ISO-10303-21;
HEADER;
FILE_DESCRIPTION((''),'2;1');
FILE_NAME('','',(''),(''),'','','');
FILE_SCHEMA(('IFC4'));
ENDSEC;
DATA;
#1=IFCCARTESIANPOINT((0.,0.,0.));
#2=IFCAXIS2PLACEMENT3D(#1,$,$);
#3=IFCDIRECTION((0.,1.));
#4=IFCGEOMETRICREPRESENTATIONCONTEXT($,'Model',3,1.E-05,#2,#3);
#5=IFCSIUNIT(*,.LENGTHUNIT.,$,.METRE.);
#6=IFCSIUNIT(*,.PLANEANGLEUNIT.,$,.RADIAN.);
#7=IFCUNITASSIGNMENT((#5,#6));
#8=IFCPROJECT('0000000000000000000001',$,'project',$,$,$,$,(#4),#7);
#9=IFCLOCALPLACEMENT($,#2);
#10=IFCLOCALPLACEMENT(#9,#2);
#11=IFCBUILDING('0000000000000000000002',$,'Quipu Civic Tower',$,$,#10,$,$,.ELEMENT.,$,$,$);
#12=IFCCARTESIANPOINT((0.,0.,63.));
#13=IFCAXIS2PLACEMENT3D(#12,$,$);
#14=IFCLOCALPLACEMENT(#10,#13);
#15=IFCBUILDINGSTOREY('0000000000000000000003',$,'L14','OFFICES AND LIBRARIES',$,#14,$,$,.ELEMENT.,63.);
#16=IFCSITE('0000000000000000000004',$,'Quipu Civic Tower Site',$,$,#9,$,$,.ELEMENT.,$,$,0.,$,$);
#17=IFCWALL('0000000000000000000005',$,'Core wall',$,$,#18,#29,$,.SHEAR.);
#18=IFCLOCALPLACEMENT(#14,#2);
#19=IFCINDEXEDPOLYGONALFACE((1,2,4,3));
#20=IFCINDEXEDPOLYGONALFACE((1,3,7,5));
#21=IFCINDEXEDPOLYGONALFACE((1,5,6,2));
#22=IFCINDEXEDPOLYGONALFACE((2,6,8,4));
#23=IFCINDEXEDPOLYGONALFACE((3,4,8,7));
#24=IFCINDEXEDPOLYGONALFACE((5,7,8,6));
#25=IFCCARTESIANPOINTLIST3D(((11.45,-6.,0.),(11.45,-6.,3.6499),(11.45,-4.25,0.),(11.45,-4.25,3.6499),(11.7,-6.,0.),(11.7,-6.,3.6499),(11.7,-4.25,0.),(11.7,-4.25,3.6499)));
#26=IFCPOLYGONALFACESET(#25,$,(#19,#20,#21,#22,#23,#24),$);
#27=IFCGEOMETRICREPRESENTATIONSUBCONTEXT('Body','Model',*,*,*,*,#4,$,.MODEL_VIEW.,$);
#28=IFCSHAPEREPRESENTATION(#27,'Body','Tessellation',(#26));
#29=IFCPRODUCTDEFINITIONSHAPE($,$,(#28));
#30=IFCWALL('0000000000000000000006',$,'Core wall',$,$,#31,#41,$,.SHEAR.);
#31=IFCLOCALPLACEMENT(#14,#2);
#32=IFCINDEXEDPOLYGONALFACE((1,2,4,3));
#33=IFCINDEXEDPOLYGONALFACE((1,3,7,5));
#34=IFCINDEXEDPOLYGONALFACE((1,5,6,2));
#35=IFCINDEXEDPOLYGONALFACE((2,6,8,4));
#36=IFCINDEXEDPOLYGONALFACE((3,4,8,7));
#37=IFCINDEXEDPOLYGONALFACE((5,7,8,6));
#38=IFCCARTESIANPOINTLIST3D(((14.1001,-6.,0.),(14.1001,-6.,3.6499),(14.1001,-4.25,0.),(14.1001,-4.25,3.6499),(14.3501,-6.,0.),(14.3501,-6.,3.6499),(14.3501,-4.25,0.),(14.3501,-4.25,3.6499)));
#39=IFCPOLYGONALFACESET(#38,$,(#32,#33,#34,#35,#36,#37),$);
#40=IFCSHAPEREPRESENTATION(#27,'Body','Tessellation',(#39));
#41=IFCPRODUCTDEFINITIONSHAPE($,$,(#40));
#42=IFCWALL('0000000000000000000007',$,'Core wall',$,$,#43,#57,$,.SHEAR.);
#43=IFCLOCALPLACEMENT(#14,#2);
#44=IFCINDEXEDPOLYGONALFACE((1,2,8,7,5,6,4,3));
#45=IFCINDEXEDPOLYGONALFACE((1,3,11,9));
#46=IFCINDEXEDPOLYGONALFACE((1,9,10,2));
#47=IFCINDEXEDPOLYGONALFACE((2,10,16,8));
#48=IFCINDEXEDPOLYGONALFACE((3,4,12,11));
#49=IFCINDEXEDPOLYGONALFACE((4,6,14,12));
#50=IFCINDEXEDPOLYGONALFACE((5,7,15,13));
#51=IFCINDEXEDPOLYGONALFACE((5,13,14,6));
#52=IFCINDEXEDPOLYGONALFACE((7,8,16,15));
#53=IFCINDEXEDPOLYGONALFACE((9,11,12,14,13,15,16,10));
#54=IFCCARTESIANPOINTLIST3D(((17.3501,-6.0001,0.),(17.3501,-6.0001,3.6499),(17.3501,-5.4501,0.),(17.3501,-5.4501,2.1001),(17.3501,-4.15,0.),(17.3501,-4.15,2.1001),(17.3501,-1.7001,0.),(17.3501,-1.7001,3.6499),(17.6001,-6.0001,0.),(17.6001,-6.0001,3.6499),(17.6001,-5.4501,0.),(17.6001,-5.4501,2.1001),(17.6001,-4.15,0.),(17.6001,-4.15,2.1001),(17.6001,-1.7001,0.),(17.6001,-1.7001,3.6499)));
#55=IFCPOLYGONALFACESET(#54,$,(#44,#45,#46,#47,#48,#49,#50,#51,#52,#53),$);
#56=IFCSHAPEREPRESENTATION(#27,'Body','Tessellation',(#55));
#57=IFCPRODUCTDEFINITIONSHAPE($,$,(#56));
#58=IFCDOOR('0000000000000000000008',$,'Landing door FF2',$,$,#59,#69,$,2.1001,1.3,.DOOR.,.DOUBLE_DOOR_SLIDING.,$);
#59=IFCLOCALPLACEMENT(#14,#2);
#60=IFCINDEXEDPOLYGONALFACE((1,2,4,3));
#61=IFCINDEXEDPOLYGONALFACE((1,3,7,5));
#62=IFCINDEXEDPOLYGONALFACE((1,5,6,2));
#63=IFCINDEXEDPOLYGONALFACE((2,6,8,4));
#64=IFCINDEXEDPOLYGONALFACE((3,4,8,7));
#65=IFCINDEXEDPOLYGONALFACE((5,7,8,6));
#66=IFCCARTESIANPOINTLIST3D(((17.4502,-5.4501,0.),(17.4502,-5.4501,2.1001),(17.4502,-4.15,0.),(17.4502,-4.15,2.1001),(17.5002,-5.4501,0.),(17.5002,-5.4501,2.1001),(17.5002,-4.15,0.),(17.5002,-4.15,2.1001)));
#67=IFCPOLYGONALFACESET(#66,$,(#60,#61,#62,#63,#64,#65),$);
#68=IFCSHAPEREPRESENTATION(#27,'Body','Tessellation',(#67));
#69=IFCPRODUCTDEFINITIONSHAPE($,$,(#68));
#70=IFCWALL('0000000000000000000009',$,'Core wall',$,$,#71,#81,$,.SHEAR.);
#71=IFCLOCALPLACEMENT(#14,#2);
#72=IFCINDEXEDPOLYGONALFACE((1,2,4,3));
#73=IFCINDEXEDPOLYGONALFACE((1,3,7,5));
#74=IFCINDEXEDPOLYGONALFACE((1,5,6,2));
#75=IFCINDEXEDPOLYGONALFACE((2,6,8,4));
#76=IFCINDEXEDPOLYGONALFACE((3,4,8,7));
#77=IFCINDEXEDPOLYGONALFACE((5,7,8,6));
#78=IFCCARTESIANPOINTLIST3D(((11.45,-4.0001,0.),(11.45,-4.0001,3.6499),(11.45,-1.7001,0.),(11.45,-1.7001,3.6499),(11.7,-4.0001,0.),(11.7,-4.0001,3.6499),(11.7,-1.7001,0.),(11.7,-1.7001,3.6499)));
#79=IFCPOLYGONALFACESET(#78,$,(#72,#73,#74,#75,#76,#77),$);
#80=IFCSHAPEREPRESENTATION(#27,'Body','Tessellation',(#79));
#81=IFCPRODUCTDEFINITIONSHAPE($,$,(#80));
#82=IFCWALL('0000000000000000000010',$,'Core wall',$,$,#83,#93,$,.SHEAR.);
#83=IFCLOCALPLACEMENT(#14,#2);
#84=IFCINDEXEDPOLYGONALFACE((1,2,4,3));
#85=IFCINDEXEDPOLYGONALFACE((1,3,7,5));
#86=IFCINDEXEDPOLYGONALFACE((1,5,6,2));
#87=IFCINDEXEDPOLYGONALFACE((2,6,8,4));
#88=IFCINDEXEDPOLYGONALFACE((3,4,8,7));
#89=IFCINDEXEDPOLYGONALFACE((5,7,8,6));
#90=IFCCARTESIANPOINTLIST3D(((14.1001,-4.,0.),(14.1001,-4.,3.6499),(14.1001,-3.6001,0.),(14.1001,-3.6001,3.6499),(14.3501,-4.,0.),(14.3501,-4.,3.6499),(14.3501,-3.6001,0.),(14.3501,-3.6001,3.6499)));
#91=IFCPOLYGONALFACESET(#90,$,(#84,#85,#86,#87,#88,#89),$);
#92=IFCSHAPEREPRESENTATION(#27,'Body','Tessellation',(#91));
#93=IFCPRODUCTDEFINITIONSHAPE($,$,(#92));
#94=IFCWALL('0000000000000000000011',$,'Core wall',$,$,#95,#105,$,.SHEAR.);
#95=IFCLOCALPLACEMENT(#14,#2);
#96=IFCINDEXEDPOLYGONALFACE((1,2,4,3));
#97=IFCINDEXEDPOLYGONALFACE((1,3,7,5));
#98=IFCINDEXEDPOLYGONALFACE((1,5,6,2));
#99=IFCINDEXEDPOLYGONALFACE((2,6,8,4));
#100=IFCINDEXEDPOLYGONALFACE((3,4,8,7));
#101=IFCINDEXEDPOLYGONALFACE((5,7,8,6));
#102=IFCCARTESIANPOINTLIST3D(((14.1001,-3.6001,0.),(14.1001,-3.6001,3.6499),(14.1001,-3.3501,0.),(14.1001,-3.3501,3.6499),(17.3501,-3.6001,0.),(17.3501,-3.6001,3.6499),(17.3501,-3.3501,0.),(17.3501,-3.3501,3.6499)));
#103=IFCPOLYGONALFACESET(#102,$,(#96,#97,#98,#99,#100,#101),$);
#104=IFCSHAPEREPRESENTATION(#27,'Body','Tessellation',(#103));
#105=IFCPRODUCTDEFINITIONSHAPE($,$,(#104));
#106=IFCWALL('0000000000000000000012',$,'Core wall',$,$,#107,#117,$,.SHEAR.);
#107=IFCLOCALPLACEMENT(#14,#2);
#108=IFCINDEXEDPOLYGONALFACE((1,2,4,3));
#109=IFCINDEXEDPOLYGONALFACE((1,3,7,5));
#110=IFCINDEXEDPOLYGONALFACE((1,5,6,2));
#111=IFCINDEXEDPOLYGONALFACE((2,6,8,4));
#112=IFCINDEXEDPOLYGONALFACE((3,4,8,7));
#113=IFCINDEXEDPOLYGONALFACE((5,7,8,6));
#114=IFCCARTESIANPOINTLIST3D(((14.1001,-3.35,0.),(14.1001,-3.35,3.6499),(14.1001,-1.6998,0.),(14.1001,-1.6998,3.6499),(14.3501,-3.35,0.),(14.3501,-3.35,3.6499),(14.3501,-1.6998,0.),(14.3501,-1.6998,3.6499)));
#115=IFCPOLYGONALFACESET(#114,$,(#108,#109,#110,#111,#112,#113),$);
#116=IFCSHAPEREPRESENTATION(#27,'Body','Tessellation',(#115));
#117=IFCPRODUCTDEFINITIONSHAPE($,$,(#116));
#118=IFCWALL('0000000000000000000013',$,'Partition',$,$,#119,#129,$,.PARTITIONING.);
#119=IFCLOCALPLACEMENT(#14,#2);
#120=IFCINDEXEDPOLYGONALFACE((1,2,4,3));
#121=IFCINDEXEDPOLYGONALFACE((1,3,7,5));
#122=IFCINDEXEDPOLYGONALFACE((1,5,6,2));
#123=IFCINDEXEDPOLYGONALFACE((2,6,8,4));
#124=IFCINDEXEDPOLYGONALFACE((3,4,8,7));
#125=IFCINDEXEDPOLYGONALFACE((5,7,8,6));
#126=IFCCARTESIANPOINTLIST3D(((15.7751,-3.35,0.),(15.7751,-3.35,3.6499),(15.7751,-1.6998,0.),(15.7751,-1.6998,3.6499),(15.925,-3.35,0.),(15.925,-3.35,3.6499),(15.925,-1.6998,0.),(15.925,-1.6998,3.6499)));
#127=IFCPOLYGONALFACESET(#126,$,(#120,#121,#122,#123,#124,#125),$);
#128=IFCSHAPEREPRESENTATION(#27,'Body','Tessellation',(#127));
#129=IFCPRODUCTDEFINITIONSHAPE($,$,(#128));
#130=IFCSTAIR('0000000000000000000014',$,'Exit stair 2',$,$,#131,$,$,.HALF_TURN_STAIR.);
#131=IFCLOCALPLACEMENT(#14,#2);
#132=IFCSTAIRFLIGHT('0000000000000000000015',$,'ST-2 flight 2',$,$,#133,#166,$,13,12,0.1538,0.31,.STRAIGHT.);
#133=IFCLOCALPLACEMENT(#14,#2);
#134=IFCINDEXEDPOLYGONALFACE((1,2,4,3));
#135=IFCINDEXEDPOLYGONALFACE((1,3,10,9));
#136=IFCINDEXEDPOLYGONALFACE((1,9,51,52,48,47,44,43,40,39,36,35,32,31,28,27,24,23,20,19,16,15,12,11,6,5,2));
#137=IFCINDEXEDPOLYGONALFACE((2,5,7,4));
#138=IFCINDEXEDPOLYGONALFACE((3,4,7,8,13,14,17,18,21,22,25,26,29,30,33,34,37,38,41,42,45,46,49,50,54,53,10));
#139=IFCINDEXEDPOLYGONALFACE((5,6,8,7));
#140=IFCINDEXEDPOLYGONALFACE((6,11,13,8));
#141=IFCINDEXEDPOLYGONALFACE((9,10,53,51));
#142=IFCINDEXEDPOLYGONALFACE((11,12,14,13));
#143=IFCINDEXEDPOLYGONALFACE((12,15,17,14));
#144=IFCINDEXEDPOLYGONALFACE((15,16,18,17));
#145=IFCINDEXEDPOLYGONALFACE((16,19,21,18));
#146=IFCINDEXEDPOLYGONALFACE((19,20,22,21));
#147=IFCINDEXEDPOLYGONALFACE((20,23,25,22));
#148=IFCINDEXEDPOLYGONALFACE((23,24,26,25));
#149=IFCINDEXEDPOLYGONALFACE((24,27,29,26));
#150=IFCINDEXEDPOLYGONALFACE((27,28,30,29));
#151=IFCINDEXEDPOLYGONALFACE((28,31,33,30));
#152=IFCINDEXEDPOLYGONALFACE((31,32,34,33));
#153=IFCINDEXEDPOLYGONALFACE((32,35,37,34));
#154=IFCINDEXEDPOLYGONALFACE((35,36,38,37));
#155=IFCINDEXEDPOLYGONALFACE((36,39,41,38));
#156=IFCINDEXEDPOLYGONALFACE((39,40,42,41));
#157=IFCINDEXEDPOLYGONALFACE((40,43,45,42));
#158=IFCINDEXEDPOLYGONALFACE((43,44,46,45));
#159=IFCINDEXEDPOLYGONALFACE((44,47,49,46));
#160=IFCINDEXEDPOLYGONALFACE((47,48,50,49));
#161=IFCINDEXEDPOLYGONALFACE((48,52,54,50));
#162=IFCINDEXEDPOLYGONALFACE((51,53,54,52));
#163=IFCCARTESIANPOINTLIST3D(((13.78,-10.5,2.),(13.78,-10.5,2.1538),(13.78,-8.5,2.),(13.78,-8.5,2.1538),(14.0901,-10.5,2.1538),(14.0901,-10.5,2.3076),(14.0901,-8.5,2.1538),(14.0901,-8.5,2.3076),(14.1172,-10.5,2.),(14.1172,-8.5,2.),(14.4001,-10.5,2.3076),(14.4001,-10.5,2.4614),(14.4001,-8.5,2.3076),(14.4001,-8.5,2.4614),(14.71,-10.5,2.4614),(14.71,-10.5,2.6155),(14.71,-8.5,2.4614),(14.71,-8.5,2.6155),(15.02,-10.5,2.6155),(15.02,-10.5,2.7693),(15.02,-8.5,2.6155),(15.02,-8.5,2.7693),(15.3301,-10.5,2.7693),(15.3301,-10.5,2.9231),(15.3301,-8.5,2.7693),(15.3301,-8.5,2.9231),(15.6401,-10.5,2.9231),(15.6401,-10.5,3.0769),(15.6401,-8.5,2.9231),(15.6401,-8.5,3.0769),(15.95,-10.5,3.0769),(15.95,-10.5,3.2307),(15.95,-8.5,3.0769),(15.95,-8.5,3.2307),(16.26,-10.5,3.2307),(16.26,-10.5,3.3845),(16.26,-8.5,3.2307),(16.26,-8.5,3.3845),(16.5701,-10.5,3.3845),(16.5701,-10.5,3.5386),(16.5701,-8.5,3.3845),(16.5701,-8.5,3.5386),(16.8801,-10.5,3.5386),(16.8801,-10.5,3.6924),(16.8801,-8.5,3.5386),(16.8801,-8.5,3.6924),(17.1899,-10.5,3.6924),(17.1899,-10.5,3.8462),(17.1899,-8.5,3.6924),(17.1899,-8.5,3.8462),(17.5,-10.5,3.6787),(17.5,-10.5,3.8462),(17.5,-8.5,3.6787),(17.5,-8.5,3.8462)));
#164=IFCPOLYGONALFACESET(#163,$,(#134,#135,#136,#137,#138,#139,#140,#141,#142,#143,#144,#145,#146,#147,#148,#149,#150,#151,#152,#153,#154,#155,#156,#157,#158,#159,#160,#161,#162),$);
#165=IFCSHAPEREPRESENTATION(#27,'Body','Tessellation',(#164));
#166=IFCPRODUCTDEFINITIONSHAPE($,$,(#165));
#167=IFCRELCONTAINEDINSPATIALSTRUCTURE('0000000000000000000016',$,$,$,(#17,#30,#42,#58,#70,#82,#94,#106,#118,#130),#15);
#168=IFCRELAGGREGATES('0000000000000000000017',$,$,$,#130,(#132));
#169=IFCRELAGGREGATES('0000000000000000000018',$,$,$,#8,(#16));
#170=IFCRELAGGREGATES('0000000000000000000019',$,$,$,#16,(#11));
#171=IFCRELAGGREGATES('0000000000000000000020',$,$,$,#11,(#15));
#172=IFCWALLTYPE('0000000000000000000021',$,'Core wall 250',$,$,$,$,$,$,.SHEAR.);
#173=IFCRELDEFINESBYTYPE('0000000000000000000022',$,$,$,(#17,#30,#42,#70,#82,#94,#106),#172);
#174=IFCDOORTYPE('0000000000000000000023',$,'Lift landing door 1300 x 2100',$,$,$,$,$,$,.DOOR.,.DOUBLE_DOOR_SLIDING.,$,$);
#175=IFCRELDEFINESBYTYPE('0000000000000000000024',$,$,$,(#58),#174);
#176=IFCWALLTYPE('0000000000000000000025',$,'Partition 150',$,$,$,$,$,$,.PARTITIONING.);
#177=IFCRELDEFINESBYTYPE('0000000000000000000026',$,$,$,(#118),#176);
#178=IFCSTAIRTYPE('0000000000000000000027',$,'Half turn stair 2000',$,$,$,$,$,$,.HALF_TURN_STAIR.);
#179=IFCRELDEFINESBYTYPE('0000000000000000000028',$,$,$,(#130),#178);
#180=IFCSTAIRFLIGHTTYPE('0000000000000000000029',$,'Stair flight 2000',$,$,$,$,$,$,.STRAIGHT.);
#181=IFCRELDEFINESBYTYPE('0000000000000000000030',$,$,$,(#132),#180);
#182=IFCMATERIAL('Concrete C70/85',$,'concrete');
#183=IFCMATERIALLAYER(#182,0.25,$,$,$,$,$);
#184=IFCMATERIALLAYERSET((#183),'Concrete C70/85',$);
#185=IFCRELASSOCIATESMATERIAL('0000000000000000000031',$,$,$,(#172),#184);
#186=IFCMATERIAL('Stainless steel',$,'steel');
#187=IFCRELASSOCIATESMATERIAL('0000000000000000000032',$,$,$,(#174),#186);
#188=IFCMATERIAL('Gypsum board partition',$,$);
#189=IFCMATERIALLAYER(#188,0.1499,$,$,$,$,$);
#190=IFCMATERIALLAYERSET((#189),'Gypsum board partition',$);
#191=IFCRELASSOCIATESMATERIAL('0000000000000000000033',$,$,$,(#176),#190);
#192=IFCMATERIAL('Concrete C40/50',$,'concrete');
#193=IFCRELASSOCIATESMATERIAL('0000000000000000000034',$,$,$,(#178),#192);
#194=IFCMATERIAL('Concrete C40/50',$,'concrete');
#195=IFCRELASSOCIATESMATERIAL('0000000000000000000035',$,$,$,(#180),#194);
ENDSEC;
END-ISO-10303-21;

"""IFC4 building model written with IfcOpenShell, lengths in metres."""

from ifc_helpers import new_model, si_unit, direction, frame, frame_2d, origin, place, context, subcontext, project, spatial, polyline, rectangle, outline, extrude, material, layer, layer_set, type_object, element, fill, aggregate, save


model = new_model("IFC4")

# Units and contexts
model_context = context("Model", 3, precision=1e-05, world=origin(), true_north=direction((0.0, 1.0)))
body_context = subcontext(model_context, "Body", "Model", "MODEL_VIEW")
ifc_project = project(units=[si_unit("LENGTHUNIT", "METRE"), si_unit("PLANEANGLEUNIT", "RADIAN")], contexts=[model_context])

# Site, building, storey
site_placement = place(None, origin())
site = spatial("IfcSite", under=ifc_project, at=site_placement, Name="Quipu Civic Tower Site", CompositionType="ELEMENT", RefElevation=0.0)
building_placement = place(site_placement, origin())
building = spatial("IfcBuilding", under=site, at=building_placement, Name="Quipu Civic Tower", CompositionType="ELEMENT")
storey_placement = place(building_placement, frame((0.0, 0.0, 63.0)))
storey = spatial("IfcBuildingStorey", under=building, at=storey_placement, Name="L14", Description="OFFICES AND LIBRARIES", CompositionType="ELEMENT", Elevation=63.0)

# Shared definitions
ifc_material_1 = material(Name="Concrete C70/85", Category="concrete")
ifc_layer_1 = layer(ifc_material_1, 0.25)
ifc_layer_set_1 = layer_set([ifc_layer_1], Name="Concrete C70/85")
wall_type_1 = type_object("IfcWallType", Name="Core wall 250", PredefinedType="SHEAR", material=ifc_layer_set_1)

# Walls
for number, where, z_axis, x_axis, name in (
    (1, (11.575, -6.0, 0.0), (0.0, 0.0, 1.0), (0.0, 1.0, 0.0), "Core wall"),
    (2, (14.2251, -6.0, 0.0), (0.0, 0.0, 1.0), (0.0, 1.0, 0.0), "Core wall"),
):
    element("IfcWall", number, at=place(storey_placement, frame(where, z_axis=z_axis, x_axis=x_axis)), inside=storey, type_object=wall_type_1, Name=name, PredefinedType="SHEAR", context=body_context, shape_type="SweptSolid", body=[
        extrude(rectangle(XDim=1.75, YDim=0.25, at=frame_2d((0.875, 0.0))), origin(), (0.0, 0.0, 1.0), 3.6499),
    ])

# Wall, opening, door
wall_1_placement = place(storey_placement, frame((17.4751, -6.0, 0.0), z_axis=(0.0, 0.0, 1.0), x_axis=(0.0, 1.0, 0.0)))
wall_1 = element("IfcWall", 3, at=wall_1_placement, inside=storey, type_object=wall_type_1, Name="Core wall", PredefinedType="SHEAR", context=body_context, shape_type="SweptSolid", body=[
    extrude(rectangle(XDim=4.3, YDim=0.25, at=frame_2d((2.1499, 0.0))), origin(), (0.0, 0.0, 1.0), 3.6499),
])
opening_1_placement = place(wall_1_placement, frame((0.55, 0.0, 0.0)))
opening_1 = element("IfcOpeningElement", 4, at=opening_1_placement, cuts=wall_1, PredefinedType="OPENING", context=body_context, shape_type="SweptSolid", body=[
    extrude(rectangle(XDim=1.3, YDim=2.1001, at=frame_2d((0.6499, 1.05))), frame((0.0, 0.135, 0.0), z_axis=(0.0, -1.0, 0.0), x_axis=(1.0, 0.0, 0.0)), (0.0, 0.0, 1.0), 0.27),
])
ifc_material_2 = material(Name="Stainless steel", Category="steel")
door_type_1 = type_object("IfcDoorType", Name="Lift landing door 1300 x 2100", OperationType="DOUBLE_DOOR_SLIDING", PredefinedType="DOOR", material=ifc_material_2)
door_1_placement = place(opening_1_placement, origin())
door_1 = element("IfcDoor", 5, at=door_1_placement, inside=storey, type_object=door_type_1, Name="Landing door FF2", OperationType="DOUBLE_DOOR_SLIDING", OverallHeight=2.1001, OverallWidth=1.3, PredefinedType="DOOR", context=body_context, shape_type="SweptSolid", body=[
    extrude(rectangle(XDim=1.3, YDim=2.1001, at=frame_2d((0.6499, 1.05))), frame((0.0, 0.0249, 0.0), z_axis=(0.0, -1.0, 0.0), x_axis=(1.0, 0.0, 0.0)), (0.0, 0.0, 1.0), 0.05),
])
fill(opening_1, door_1)

# Walls
wall_2_placement = place(storey_placement, frame((11.575, -4.0, 0.0), z_axis=(0.0, 0.0, 1.0), x_axis=(0.0, 1.0, 0.0)))
element("IfcWall", 6, at=wall_2_placement, inside=storey, type_object=wall_type_1, Name="Core wall", PredefinedType="SHEAR", context=body_context, shape_type="SweptSolid", body=[
    extrude(rectangle(XDim=2.3, YDim=0.25, at=frame_2d((1.1499, 0.0))), origin(), (0.0, 0.0, 1.0), 3.6499),
])
wall_3_placement = place(storey_placement, frame((14.2251, -4.0, 0.0), z_axis=(0.0, 0.0, 1.0), x_axis=(0.0, 1.0, 0.0)))
element("IfcWall", 7, at=wall_3_placement, inside=storey, type_object=wall_type_1, Name="Core wall", PredefinedType="SHEAR", context=body_context, shape_type="SweptSolid", body=[
    extrude(rectangle(XDim=0.3999, YDim=0.25, at=frame_2d((0.2, 0.0))), origin(), (0.0, 0.0, 1.0), 3.6499),
])
wall_4_placement = place(storey_placement, frame((14.1001, -3.4751, 0.0), z_axis=(0.0, 0.0, 1.0), x_axis=(1.0, 0.0, 0.0)))
element("IfcWall", 8, at=wall_4_placement, inside=storey, type_object=wall_type_1, Name="Core wall", PredefinedType="SHEAR", context=body_context, shape_type="SweptSolid", body=[
    extrude(rectangle(XDim=3.25, YDim=0.25, at=frame_2d((1.625, 0.0))), origin(), (0.0, 0.0, 1.0), 3.6499),
])
wall_5_placement = place(storey_placement, frame((14.2251, -3.3501, 0.0), z_axis=(0.0, 0.0, 1.0), x_axis=(0.0, 1.0, 0.0)))
element("IfcWall", 9, at=wall_5_placement, inside=storey, type_object=wall_type_1, Name="Core wall", PredefinedType="SHEAR", context=body_context, shape_type="SweptSolid", body=[
    extrude(rectangle(XDim=1.6501, YDim=0.25, at=frame_2d((0.8252, 0.0))), origin(), (0.0, 0.0, 1.0), 3.6499),
])
ifc_material_3 = material(Name="Gypsum board partition")
ifc_layer_2 = layer(ifc_material_3, 0.1499)
ifc_layer_set_2 = layer_set([ifc_layer_2], Name="Gypsum board partition")
wall_type_2 = type_object("IfcWallType", Name="Partition 150", PredefinedType="PARTITIONING", material=ifc_layer_set_2)
wall_6_placement = place(storey_placement, frame((15.8501, -3.3501, 0.0), z_axis=(0.0, 0.0, 1.0), x_axis=(0.0, 1.0, 0.0)))
element("IfcWall", 10, at=wall_6_placement, inside=storey, type_object=wall_type_2, Name="Partition", PredefinedType="PARTITIONING", context=body_context, shape_type="SweptSolid", body=[
    extrude(rectangle(XDim=1.6501, YDim=0.1499, at=frame_2d((0.8252, 0.0))), origin(), (0.0, 0.0, 1.0), 3.6499),
])

# Stair, stair flight
ifc_material_4 = material(Name="Concrete C40/50", Category="concrete")
stair_type = type_object("IfcStairType", Name="Half turn stair 2000", PredefinedType="HALF_TURN_STAIR", material=ifc_material_4)
stair_placement = place(storey_placement, origin())
stair = element("IfcStair", 11, at=stair_placement, inside=storey, type_object=stair_type, Name="Exit stair 2", PredefinedType="HALF_TURN_STAIR")
ifc_material_5 = material(Name="Concrete C40/50", Category="concrete")
stair_flight_type = type_object("IfcStairFlightType", Name="Stair flight 2000", PredefinedType="STRAIGHT", material=ifc_material_5)
stair_flight_placement = place(storey_placement, frame((13.78, -9.5, 2.0), z_axis=(0.0, 0.0, 1.0), x_axis=(1.0, 0.0, 0.0)))
stair_flight = element("IfcStairFlight", 12, at=stair_flight_placement, type_object=stair_flight_type, Name="ST-2 flight 2", NumberOfRisers=13, NumberOfTreads=12, PredefinedType="STRAIGHT", RiserHeight=0.1538, TreadLength=0.31, context=body_context, shape_type="SweptSolid", body=[
    extrude(outline(polyline([(0.0, 0.0), (0.0, 0.1538), (0.3101, 0.1538), (0.3101, 0.3076), (0.6201, 0.3076), (0.6201, 0.4614), (0.9299, 0.4614), (0.9299, 0.6155), (1.24, 0.6155), (1.24, 0.7693), (1.55, 0.7693), (1.55, 0.9231), (1.8601, 0.9231), (1.8601, 1.0769), (2.1699, 1.0769), (2.1699, 1.2307), (2.48, 1.2307), (2.48, 1.3845), (2.79, 1.3845), (2.79, 1.5386), (3.1001, 1.5386), (3.1001, 1.6924), (3.4099, 1.6924), (3.4099, 1.8462), (3.72, 1.8462), (3.72, 2.0), (3.72, 1.6787), (0.3372, 0.0), (0.0, 0.0)])), frame((0.0, 1.0, 0.0), z_axis=(0.0, -1.0, 0.0), x_axis=(1.0, 0.0, 0.0)), (0.0, 0.0, 1.0), 2.0),
])
aggregate(stair, [stair_flight])

save(model, "model.ifc")
